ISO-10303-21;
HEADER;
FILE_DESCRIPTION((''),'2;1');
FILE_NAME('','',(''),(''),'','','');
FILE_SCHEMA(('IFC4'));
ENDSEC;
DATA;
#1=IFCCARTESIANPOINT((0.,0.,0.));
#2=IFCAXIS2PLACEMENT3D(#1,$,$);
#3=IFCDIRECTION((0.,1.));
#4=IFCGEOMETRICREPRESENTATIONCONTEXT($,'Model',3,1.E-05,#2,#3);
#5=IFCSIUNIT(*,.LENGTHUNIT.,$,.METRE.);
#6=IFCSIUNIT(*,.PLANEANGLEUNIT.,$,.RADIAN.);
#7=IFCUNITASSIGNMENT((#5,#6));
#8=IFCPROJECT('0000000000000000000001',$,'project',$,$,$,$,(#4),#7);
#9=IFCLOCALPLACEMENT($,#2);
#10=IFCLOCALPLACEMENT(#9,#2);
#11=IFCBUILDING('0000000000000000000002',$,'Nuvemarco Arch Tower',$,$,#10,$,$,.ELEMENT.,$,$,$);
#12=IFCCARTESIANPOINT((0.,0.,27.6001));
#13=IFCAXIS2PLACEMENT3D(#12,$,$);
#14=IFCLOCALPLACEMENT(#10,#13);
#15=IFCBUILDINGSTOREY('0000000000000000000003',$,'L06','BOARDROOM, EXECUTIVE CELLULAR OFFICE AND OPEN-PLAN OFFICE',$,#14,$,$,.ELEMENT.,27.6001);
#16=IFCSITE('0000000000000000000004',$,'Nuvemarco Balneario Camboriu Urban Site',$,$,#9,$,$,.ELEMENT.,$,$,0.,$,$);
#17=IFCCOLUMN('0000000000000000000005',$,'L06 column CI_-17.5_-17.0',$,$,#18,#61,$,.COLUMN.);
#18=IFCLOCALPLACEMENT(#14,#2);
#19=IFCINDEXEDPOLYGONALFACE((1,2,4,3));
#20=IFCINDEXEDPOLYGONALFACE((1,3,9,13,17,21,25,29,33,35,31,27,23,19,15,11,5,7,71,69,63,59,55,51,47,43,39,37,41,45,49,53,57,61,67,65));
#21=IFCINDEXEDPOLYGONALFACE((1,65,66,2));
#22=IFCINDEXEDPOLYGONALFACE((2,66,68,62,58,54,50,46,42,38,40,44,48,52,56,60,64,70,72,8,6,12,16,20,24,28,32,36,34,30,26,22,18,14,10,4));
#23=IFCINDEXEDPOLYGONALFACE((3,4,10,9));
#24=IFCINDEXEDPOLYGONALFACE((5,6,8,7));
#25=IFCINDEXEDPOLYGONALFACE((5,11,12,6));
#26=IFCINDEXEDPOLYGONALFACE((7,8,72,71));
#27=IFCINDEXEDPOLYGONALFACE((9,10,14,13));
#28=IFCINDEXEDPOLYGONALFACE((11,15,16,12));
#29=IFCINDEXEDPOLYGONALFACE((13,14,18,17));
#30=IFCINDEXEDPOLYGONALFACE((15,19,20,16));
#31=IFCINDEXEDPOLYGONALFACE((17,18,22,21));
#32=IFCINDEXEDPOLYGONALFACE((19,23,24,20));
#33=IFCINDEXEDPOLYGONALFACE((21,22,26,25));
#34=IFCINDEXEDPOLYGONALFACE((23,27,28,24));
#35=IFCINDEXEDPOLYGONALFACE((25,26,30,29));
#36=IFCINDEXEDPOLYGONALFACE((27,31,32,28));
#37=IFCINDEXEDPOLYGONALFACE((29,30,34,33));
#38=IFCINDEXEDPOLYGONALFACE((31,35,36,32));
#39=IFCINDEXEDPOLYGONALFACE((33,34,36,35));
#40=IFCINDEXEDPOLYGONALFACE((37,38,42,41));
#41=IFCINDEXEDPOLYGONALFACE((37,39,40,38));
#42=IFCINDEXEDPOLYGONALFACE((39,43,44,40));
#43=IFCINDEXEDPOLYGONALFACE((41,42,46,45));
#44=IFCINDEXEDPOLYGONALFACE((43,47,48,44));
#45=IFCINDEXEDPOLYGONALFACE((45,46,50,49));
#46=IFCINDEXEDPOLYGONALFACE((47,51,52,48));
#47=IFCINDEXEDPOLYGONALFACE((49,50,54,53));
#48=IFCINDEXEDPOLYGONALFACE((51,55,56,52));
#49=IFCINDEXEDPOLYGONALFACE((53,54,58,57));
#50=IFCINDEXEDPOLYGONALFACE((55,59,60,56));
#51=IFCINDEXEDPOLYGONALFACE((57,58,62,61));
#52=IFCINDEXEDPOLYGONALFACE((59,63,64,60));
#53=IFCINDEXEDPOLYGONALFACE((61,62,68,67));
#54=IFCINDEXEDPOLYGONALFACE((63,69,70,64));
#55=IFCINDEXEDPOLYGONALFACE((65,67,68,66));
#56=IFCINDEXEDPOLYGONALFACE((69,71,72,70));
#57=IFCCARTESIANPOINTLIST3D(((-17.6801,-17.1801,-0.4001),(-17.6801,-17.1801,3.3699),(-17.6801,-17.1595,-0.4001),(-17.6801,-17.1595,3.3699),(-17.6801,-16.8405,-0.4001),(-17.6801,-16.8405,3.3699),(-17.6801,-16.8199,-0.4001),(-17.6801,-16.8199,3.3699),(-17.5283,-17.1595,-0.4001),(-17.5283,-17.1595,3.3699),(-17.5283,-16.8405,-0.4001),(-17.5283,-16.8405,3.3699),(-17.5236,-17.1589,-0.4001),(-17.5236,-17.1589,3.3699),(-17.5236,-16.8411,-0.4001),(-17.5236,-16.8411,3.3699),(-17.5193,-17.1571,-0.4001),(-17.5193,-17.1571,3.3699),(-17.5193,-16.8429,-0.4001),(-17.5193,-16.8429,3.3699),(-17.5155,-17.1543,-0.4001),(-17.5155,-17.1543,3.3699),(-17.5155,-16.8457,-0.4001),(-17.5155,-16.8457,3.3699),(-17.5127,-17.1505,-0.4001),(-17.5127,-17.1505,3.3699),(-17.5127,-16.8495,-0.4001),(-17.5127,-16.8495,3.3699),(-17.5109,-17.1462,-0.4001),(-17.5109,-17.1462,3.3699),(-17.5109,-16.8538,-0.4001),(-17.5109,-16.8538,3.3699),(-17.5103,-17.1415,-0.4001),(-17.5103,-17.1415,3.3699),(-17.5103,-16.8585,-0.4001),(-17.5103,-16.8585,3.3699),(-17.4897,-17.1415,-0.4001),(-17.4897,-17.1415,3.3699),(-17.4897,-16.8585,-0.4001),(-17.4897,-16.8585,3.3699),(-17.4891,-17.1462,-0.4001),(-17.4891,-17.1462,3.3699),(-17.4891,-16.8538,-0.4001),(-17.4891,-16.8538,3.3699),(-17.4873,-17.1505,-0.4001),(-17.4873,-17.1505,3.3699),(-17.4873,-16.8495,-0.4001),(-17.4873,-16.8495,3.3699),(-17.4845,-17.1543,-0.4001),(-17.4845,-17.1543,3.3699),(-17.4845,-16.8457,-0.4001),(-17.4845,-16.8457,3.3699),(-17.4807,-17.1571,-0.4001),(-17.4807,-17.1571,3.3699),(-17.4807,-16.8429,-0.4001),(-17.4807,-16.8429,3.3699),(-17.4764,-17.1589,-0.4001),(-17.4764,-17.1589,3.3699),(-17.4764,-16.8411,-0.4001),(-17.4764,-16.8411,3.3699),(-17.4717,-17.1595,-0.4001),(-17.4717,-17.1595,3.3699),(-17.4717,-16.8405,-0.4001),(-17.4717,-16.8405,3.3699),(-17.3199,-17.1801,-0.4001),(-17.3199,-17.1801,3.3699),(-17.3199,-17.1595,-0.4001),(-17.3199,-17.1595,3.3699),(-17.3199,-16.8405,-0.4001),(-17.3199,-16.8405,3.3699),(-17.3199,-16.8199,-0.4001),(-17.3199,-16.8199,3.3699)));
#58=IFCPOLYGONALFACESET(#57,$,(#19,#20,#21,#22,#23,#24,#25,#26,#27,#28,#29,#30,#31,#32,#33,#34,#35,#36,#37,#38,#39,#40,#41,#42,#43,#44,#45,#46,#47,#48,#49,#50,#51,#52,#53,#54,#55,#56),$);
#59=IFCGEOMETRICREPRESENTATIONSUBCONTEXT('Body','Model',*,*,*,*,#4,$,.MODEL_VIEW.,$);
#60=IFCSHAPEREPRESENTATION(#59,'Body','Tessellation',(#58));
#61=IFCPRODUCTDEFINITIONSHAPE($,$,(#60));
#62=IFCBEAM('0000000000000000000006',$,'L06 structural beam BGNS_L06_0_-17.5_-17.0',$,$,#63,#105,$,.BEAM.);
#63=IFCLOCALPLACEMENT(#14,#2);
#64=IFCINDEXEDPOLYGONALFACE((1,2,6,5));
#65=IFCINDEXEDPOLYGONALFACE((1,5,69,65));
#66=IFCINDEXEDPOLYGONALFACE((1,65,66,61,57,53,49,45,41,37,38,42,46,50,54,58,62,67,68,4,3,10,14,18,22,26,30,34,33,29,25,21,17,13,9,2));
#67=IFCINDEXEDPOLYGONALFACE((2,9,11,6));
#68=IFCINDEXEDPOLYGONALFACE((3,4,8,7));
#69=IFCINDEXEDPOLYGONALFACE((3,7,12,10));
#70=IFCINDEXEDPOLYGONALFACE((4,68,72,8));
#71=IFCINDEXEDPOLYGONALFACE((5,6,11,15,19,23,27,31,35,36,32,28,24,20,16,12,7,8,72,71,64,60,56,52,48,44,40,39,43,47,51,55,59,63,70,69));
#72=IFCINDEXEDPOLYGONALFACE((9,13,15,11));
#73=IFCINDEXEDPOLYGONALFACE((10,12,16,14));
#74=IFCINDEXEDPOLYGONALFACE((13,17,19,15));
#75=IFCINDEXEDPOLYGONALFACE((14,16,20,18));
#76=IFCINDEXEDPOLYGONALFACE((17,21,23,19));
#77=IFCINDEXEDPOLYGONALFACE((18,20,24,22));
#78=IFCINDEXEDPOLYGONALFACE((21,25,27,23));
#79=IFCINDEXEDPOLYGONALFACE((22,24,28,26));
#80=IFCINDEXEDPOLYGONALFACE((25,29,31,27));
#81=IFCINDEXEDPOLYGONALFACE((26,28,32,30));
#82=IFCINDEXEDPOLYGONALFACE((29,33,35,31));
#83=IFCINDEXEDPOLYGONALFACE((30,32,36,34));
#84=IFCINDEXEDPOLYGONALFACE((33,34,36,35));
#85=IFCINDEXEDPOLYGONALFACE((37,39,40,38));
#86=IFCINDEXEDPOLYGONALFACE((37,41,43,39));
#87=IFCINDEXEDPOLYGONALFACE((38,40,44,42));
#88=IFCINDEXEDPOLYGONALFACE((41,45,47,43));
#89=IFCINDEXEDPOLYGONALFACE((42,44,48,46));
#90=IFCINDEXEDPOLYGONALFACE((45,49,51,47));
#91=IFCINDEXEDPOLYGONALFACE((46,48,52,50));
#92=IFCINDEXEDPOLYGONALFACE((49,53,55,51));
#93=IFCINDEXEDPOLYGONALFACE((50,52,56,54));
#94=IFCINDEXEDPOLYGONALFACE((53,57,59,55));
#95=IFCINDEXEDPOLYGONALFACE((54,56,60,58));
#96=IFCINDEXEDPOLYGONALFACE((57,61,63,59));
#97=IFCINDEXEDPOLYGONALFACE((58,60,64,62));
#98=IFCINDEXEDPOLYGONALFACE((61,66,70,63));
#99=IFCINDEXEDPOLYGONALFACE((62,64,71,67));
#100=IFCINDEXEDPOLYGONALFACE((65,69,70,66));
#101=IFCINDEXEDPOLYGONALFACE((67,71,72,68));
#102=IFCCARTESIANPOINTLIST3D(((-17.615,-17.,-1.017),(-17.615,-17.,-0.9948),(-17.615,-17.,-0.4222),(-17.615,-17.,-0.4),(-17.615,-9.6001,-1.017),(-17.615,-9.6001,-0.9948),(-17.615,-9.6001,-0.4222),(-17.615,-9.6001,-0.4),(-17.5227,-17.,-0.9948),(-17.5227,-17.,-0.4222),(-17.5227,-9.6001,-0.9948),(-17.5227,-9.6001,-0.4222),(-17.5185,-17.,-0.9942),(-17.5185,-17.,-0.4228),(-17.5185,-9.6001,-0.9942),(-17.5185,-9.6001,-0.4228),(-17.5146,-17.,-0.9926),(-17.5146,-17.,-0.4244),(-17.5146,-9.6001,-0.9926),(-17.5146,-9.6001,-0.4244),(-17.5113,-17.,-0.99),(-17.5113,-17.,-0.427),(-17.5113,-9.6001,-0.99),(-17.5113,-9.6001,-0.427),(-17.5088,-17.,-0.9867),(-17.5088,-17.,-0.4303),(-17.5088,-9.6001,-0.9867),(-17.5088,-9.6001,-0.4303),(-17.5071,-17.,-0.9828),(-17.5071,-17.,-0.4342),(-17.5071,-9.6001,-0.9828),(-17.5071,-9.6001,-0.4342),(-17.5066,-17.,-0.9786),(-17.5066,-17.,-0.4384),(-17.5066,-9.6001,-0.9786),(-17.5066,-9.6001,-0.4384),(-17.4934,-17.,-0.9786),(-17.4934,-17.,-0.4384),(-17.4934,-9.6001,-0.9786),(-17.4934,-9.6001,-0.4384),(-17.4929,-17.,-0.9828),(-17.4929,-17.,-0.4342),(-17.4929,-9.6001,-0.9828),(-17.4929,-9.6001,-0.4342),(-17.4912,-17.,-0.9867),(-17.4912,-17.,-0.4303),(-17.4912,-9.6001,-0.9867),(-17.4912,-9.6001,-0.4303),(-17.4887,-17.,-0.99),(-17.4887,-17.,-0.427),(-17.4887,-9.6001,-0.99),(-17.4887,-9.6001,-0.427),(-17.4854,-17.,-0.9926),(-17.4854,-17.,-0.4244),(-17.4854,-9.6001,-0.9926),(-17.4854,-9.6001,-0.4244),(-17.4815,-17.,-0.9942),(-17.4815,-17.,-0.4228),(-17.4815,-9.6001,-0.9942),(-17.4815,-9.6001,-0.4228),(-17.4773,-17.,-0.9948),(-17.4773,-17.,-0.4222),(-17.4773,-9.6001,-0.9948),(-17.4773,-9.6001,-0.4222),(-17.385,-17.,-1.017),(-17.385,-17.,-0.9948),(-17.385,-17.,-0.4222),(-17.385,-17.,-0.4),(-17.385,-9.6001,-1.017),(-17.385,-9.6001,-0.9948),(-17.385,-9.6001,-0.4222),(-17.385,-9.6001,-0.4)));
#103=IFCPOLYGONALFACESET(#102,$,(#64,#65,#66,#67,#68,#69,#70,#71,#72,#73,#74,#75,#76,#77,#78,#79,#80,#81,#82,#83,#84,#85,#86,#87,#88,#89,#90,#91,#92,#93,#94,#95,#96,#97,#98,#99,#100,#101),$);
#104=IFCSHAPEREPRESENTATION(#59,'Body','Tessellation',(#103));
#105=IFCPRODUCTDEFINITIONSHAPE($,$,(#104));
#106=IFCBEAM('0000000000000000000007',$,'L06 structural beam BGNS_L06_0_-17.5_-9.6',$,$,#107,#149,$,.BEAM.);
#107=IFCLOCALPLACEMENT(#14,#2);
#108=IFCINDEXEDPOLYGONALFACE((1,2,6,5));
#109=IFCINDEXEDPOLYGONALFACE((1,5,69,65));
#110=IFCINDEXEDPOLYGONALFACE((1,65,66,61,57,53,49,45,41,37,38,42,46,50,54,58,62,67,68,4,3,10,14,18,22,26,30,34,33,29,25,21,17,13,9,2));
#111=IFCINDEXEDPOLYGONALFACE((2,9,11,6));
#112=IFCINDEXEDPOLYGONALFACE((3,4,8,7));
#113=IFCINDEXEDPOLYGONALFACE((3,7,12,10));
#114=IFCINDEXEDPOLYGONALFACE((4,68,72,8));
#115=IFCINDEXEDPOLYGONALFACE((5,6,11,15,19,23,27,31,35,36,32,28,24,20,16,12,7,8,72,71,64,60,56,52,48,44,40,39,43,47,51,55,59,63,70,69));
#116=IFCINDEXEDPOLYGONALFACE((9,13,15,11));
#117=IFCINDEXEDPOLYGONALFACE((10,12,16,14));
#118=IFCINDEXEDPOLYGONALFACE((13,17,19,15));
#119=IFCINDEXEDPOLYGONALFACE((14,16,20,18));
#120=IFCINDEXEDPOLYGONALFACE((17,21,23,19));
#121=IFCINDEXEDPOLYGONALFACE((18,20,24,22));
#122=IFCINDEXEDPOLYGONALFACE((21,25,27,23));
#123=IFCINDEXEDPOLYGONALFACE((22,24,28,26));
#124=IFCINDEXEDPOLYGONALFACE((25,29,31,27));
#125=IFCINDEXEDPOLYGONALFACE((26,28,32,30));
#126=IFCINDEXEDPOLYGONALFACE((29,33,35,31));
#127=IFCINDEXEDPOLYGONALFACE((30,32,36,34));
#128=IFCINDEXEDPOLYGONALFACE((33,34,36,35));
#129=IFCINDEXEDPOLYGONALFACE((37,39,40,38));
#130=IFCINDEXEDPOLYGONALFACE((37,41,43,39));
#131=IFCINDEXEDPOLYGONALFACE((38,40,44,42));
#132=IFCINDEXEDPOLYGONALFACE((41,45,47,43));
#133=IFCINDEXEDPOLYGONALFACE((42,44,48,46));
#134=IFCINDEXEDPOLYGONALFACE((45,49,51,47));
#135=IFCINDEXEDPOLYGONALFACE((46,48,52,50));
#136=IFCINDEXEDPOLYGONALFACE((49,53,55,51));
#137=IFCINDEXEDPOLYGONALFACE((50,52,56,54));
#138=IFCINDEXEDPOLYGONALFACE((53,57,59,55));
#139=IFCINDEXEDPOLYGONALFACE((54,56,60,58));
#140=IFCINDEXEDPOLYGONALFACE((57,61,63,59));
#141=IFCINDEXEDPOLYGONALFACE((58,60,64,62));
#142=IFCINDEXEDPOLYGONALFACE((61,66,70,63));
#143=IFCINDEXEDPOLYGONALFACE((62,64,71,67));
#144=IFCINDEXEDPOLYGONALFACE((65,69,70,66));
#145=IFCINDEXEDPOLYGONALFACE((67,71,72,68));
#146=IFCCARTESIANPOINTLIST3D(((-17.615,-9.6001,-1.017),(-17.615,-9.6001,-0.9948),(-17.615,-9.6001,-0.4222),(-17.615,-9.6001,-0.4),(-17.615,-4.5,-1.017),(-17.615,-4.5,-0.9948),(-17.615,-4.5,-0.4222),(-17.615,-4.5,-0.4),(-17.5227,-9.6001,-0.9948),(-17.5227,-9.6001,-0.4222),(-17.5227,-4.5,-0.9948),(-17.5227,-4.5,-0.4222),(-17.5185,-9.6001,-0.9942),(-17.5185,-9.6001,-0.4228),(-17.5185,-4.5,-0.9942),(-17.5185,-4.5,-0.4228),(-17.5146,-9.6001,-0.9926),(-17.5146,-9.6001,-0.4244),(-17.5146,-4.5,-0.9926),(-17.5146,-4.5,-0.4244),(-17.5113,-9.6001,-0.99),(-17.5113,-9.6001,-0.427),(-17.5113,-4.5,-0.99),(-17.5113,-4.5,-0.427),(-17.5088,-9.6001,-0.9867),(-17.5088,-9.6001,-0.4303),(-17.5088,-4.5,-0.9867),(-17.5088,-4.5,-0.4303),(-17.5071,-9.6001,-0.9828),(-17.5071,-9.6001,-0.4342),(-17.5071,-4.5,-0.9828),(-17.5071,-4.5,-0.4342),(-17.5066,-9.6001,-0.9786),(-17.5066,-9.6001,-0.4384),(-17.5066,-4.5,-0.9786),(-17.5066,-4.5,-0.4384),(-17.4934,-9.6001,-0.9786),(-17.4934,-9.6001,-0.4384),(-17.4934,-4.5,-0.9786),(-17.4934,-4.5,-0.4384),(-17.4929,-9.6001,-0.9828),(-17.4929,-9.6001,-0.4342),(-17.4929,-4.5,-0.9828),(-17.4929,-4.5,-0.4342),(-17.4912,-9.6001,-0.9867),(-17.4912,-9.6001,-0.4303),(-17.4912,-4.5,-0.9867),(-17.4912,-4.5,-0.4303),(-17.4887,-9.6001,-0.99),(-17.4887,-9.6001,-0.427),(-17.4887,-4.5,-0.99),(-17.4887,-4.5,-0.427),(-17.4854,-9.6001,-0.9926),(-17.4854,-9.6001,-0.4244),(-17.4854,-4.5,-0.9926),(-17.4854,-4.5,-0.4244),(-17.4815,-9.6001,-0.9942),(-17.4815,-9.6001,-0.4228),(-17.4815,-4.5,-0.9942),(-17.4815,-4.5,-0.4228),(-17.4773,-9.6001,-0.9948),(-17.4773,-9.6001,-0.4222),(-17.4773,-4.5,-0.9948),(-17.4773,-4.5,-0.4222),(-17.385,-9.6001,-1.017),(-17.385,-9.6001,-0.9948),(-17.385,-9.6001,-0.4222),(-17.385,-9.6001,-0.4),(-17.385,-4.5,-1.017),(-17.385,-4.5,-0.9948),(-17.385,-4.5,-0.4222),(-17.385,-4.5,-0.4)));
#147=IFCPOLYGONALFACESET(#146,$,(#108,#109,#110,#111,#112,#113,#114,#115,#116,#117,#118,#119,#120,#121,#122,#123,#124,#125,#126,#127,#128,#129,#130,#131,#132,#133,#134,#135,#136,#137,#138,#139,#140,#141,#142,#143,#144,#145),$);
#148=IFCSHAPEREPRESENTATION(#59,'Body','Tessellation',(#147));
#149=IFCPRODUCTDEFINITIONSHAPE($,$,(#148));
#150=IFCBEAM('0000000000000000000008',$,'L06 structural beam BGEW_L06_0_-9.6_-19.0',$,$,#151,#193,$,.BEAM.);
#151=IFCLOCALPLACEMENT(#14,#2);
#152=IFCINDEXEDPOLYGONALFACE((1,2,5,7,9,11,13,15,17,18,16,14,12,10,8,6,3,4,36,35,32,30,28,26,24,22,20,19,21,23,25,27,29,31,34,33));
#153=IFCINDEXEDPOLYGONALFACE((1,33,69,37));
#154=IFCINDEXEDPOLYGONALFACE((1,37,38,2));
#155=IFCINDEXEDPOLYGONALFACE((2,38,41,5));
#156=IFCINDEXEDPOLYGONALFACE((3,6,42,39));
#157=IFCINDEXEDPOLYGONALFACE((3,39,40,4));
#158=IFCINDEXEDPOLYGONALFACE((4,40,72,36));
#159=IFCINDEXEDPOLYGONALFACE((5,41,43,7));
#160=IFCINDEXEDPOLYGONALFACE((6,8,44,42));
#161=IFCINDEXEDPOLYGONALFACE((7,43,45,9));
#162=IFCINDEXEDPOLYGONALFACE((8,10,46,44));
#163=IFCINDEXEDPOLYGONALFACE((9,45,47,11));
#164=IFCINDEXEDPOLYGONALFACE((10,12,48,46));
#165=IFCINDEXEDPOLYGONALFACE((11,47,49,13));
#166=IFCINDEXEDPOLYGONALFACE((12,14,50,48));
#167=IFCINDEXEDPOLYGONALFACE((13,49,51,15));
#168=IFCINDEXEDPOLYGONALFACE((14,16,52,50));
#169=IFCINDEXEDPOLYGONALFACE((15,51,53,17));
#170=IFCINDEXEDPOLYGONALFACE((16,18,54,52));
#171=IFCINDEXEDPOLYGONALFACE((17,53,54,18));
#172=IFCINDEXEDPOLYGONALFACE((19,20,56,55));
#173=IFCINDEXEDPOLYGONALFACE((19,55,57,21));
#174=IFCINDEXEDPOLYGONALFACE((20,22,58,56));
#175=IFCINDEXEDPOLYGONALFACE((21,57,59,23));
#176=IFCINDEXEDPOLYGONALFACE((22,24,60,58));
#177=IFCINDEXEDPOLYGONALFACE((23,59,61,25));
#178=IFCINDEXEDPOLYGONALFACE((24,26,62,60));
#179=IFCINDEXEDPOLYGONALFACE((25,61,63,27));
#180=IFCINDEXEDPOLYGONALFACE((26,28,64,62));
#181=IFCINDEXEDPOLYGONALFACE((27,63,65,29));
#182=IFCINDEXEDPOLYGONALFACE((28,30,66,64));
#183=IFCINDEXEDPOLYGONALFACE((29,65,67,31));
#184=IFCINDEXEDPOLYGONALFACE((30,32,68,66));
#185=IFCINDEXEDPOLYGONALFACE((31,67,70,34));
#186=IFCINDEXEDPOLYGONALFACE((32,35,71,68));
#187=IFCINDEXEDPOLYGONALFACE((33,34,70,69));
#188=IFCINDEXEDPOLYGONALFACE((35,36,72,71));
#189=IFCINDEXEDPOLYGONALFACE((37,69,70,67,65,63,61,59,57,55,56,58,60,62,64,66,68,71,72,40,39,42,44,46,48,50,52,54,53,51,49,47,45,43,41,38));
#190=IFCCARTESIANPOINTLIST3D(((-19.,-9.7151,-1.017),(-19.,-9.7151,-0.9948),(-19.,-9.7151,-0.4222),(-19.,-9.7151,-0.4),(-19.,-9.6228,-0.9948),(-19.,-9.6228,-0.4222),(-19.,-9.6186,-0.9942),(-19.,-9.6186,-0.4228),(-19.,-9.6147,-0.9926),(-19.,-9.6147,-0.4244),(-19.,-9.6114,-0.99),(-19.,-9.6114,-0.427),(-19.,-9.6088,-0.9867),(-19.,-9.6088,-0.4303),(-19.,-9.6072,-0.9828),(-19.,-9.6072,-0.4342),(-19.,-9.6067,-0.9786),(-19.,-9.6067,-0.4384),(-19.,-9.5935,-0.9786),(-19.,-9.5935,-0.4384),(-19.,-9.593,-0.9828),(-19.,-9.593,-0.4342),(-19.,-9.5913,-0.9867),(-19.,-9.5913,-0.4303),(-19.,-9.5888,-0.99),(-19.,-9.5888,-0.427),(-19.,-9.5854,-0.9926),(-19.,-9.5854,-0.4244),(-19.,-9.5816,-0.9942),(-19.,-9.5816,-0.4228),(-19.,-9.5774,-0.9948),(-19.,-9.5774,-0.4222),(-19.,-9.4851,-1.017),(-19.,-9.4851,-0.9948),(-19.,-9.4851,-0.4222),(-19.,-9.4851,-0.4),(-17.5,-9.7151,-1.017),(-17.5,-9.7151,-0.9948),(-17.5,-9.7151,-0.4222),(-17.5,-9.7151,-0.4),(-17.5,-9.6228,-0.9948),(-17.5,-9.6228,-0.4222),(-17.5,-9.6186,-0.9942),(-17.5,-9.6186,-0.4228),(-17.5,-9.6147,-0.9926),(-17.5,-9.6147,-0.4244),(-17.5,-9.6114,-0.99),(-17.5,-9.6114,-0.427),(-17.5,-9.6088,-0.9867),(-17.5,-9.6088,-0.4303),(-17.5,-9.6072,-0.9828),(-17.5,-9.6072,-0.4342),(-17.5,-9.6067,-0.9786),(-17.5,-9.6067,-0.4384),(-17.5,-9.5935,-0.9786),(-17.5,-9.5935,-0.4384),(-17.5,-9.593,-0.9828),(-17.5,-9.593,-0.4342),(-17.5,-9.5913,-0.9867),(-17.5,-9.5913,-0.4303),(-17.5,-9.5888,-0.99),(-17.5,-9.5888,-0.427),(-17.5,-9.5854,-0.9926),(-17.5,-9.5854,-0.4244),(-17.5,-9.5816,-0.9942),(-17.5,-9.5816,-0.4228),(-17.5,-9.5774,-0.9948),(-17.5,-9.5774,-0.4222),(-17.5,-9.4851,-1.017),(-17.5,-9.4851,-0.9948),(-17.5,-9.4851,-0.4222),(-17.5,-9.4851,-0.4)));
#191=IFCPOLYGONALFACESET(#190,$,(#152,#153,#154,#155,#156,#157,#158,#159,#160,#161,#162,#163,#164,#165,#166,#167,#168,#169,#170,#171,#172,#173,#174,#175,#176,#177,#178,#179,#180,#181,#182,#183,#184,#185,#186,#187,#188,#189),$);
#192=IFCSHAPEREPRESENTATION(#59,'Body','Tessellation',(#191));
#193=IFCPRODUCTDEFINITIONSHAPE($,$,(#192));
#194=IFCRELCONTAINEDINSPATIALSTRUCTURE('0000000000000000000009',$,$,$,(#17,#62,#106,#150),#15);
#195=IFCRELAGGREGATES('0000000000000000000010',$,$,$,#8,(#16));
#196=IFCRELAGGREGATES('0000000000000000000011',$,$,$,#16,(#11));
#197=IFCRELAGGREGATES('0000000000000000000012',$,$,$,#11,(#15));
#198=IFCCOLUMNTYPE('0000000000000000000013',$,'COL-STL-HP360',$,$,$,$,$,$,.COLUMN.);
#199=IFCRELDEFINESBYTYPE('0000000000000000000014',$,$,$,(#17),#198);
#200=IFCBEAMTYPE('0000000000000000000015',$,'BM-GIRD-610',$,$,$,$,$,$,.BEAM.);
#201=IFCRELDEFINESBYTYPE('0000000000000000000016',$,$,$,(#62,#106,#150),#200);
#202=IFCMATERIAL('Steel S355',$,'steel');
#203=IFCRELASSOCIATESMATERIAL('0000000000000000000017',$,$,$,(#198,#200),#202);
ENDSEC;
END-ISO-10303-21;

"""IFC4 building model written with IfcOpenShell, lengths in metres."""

from ifc_helpers import new_model, si_unit, direction, frame, origin, origin_2d, place, context, subcontext, project, spatial, i_section, extrude, material, material_profile, profile_set, type_object, element, save


model = new_model("IFC4")

# Units and contexts
model_context = context("Model", 3, precision=1e-05, world=origin(), true_north=direction((0.0, 1.0)))
body_context = subcontext(model_context, "Body", "Model", "MODEL_VIEW")
ifc_project = project(units=[si_unit("LENGTHUNIT", "METRE"), si_unit("PLANEANGLEUNIT", "RADIAN")], contexts=[model_context])

# Site, building, storey
site_placement = place(None, origin())
site = spatial("IfcSite", under=ifc_project, at=site_placement, Name="Nuvemarco Balneario Camboriu Urban Site", CompositionType="ELEMENT", RefElevation=0.0)
building_placement = place(site_placement, origin())
building = spatial("IfcBuilding", under=site, at=building_placement, Name="Nuvemarco Arch Tower", CompositionType="ELEMENT")
storey_placement = place(building_placement, frame((0.0, 0.0, 27.6001)))
storey = spatial("IfcBuildingStorey", under=building, at=storey_placement, Name="L06", Description="BOARDROOM, EXECUTIVE CELLULAR OFFICE AND OPEN-PLAN OFFICE", CompositionType="ELEMENT", Elevation=27.6001)

# Column
ifc_material_1 = material(Name="Steel S355", Category="steel")
ifc_material_profile_1 = material_profile(ifc_material_1, i_section(OverallWidth=0.3601, OverallDepth=0.3601, WebThickness=0.0205, FlangeThickness=0.0205, FilletRadius=0.0181, at=origin_2d()), Name="HP360x174")
ifc_profile_set_1 = profile_set([ifc_material_profile_1], Name="Steel S355")
column_type_1 = type_object("IfcColumnType", Name="COL-STL-HP360", PredefinedType="COLUMN", material=ifc_profile_set_1)
column_1_placement = place(storey_placement, frame((-17.5, -17.0, -0.4001), z_axis=(0.0, 0.0, 1.0), x_axis=(1.0, 0.0, 0.0)))
element("IfcColumn", 1, at=column_1_placement, inside=storey, type_object=column_type_1, Name="L06 column CI_-17.5_-17.0", PredefinedType="COLUMN", context=body_context, shape_type="SweptSolid", body=[
    extrude(i_section(OverallWidth=0.3601, OverallDepth=0.3601, WebThickness=0.0205, FlangeThickness=0.0205, FilletRadius=0.0181, at=origin_2d()), origin(), (0.0, 0.0, 1.0), 3.77),
])

# Beams
ifc_material_profile_2 = material_profile(ifc_material_1, i_section(OverallWidth=0.23, OverallDepth=0.6169, WebThickness=0.0132, FlangeThickness=0.0222, FilletRadius=0.0161, at=origin_2d()), Name="W610x140")
ifc_profile_set_2 = profile_set([ifc_material_profile_2], Name="Steel S355")
beam_type_1 = type_object("IfcBeamType", Name="BM-GIRD-610", PredefinedType="BEAM", material=ifc_profile_set_2)
beam_1_placement = place(storey_placement, frame((-17.5, -17.0, -0.7085), z_axis=(0.0, 1.0, 0.0), x_axis=(-1.0, 0.0, 0.0)))
element("IfcBeam", 2, at=beam_1_placement, inside=storey, type_object=beam_type_1, Name="L06 structural beam BGNS_L06_0_-17.5_-17.0", PredefinedType="BEAM", context=body_context, shape_type="SweptSolid", body=[
    extrude(i_section(OverallWidth=0.23, OverallDepth=0.6169, WebThickness=0.0132, FlangeThickness=0.0222, FilletRadius=0.0161, at=origin_2d()), origin(), (0.0, 0.0, 1.0), 7.3999),
])
beam_2_placement = place(storey_placement, frame((-17.5, -9.6001, -0.7085), z_axis=(0.0, 1.0, 0.0), x_axis=(-1.0, 0.0, 0.0)))
element("IfcBeam", 3, at=beam_2_placement, inside=storey, type_object=beam_type_1, Name="L06 structural beam BGNS_L06_0_-17.5_-9.6", PredefinedType="BEAM", context=body_context, shape_type="SweptSolid", body=[
    extrude(i_section(OverallWidth=0.23, OverallDepth=0.6169, WebThickness=0.0132, FlangeThickness=0.0222, FilletRadius=0.0161, at=origin_2d()), origin(), (0.0, 0.0, 1.0), 5.1001),
])
beam_3_placement = place(storey_placement, frame((-19.0, -9.6001, -0.7085), z_axis=(1.0, 0.0, 0.0), x_axis=(0.0, 1.0, 0.0)))
element("IfcBeam", 4, at=beam_3_placement, inside=storey, type_object=beam_type_1, Name="L06 structural beam BGEW_L06_0_-9.6_-19.0", PredefinedType="BEAM", context=body_context, shape_type="SweptSolid", body=[
    extrude(i_section(OverallWidth=0.23, OverallDepth=0.6169, WebThickness=0.0132, FlangeThickness=0.0222, FilletRadius=0.0161, at=origin_2d()), origin(), (0.0, 0.0, 1.0), 1.5),
])

save(model, "model.ifc")
